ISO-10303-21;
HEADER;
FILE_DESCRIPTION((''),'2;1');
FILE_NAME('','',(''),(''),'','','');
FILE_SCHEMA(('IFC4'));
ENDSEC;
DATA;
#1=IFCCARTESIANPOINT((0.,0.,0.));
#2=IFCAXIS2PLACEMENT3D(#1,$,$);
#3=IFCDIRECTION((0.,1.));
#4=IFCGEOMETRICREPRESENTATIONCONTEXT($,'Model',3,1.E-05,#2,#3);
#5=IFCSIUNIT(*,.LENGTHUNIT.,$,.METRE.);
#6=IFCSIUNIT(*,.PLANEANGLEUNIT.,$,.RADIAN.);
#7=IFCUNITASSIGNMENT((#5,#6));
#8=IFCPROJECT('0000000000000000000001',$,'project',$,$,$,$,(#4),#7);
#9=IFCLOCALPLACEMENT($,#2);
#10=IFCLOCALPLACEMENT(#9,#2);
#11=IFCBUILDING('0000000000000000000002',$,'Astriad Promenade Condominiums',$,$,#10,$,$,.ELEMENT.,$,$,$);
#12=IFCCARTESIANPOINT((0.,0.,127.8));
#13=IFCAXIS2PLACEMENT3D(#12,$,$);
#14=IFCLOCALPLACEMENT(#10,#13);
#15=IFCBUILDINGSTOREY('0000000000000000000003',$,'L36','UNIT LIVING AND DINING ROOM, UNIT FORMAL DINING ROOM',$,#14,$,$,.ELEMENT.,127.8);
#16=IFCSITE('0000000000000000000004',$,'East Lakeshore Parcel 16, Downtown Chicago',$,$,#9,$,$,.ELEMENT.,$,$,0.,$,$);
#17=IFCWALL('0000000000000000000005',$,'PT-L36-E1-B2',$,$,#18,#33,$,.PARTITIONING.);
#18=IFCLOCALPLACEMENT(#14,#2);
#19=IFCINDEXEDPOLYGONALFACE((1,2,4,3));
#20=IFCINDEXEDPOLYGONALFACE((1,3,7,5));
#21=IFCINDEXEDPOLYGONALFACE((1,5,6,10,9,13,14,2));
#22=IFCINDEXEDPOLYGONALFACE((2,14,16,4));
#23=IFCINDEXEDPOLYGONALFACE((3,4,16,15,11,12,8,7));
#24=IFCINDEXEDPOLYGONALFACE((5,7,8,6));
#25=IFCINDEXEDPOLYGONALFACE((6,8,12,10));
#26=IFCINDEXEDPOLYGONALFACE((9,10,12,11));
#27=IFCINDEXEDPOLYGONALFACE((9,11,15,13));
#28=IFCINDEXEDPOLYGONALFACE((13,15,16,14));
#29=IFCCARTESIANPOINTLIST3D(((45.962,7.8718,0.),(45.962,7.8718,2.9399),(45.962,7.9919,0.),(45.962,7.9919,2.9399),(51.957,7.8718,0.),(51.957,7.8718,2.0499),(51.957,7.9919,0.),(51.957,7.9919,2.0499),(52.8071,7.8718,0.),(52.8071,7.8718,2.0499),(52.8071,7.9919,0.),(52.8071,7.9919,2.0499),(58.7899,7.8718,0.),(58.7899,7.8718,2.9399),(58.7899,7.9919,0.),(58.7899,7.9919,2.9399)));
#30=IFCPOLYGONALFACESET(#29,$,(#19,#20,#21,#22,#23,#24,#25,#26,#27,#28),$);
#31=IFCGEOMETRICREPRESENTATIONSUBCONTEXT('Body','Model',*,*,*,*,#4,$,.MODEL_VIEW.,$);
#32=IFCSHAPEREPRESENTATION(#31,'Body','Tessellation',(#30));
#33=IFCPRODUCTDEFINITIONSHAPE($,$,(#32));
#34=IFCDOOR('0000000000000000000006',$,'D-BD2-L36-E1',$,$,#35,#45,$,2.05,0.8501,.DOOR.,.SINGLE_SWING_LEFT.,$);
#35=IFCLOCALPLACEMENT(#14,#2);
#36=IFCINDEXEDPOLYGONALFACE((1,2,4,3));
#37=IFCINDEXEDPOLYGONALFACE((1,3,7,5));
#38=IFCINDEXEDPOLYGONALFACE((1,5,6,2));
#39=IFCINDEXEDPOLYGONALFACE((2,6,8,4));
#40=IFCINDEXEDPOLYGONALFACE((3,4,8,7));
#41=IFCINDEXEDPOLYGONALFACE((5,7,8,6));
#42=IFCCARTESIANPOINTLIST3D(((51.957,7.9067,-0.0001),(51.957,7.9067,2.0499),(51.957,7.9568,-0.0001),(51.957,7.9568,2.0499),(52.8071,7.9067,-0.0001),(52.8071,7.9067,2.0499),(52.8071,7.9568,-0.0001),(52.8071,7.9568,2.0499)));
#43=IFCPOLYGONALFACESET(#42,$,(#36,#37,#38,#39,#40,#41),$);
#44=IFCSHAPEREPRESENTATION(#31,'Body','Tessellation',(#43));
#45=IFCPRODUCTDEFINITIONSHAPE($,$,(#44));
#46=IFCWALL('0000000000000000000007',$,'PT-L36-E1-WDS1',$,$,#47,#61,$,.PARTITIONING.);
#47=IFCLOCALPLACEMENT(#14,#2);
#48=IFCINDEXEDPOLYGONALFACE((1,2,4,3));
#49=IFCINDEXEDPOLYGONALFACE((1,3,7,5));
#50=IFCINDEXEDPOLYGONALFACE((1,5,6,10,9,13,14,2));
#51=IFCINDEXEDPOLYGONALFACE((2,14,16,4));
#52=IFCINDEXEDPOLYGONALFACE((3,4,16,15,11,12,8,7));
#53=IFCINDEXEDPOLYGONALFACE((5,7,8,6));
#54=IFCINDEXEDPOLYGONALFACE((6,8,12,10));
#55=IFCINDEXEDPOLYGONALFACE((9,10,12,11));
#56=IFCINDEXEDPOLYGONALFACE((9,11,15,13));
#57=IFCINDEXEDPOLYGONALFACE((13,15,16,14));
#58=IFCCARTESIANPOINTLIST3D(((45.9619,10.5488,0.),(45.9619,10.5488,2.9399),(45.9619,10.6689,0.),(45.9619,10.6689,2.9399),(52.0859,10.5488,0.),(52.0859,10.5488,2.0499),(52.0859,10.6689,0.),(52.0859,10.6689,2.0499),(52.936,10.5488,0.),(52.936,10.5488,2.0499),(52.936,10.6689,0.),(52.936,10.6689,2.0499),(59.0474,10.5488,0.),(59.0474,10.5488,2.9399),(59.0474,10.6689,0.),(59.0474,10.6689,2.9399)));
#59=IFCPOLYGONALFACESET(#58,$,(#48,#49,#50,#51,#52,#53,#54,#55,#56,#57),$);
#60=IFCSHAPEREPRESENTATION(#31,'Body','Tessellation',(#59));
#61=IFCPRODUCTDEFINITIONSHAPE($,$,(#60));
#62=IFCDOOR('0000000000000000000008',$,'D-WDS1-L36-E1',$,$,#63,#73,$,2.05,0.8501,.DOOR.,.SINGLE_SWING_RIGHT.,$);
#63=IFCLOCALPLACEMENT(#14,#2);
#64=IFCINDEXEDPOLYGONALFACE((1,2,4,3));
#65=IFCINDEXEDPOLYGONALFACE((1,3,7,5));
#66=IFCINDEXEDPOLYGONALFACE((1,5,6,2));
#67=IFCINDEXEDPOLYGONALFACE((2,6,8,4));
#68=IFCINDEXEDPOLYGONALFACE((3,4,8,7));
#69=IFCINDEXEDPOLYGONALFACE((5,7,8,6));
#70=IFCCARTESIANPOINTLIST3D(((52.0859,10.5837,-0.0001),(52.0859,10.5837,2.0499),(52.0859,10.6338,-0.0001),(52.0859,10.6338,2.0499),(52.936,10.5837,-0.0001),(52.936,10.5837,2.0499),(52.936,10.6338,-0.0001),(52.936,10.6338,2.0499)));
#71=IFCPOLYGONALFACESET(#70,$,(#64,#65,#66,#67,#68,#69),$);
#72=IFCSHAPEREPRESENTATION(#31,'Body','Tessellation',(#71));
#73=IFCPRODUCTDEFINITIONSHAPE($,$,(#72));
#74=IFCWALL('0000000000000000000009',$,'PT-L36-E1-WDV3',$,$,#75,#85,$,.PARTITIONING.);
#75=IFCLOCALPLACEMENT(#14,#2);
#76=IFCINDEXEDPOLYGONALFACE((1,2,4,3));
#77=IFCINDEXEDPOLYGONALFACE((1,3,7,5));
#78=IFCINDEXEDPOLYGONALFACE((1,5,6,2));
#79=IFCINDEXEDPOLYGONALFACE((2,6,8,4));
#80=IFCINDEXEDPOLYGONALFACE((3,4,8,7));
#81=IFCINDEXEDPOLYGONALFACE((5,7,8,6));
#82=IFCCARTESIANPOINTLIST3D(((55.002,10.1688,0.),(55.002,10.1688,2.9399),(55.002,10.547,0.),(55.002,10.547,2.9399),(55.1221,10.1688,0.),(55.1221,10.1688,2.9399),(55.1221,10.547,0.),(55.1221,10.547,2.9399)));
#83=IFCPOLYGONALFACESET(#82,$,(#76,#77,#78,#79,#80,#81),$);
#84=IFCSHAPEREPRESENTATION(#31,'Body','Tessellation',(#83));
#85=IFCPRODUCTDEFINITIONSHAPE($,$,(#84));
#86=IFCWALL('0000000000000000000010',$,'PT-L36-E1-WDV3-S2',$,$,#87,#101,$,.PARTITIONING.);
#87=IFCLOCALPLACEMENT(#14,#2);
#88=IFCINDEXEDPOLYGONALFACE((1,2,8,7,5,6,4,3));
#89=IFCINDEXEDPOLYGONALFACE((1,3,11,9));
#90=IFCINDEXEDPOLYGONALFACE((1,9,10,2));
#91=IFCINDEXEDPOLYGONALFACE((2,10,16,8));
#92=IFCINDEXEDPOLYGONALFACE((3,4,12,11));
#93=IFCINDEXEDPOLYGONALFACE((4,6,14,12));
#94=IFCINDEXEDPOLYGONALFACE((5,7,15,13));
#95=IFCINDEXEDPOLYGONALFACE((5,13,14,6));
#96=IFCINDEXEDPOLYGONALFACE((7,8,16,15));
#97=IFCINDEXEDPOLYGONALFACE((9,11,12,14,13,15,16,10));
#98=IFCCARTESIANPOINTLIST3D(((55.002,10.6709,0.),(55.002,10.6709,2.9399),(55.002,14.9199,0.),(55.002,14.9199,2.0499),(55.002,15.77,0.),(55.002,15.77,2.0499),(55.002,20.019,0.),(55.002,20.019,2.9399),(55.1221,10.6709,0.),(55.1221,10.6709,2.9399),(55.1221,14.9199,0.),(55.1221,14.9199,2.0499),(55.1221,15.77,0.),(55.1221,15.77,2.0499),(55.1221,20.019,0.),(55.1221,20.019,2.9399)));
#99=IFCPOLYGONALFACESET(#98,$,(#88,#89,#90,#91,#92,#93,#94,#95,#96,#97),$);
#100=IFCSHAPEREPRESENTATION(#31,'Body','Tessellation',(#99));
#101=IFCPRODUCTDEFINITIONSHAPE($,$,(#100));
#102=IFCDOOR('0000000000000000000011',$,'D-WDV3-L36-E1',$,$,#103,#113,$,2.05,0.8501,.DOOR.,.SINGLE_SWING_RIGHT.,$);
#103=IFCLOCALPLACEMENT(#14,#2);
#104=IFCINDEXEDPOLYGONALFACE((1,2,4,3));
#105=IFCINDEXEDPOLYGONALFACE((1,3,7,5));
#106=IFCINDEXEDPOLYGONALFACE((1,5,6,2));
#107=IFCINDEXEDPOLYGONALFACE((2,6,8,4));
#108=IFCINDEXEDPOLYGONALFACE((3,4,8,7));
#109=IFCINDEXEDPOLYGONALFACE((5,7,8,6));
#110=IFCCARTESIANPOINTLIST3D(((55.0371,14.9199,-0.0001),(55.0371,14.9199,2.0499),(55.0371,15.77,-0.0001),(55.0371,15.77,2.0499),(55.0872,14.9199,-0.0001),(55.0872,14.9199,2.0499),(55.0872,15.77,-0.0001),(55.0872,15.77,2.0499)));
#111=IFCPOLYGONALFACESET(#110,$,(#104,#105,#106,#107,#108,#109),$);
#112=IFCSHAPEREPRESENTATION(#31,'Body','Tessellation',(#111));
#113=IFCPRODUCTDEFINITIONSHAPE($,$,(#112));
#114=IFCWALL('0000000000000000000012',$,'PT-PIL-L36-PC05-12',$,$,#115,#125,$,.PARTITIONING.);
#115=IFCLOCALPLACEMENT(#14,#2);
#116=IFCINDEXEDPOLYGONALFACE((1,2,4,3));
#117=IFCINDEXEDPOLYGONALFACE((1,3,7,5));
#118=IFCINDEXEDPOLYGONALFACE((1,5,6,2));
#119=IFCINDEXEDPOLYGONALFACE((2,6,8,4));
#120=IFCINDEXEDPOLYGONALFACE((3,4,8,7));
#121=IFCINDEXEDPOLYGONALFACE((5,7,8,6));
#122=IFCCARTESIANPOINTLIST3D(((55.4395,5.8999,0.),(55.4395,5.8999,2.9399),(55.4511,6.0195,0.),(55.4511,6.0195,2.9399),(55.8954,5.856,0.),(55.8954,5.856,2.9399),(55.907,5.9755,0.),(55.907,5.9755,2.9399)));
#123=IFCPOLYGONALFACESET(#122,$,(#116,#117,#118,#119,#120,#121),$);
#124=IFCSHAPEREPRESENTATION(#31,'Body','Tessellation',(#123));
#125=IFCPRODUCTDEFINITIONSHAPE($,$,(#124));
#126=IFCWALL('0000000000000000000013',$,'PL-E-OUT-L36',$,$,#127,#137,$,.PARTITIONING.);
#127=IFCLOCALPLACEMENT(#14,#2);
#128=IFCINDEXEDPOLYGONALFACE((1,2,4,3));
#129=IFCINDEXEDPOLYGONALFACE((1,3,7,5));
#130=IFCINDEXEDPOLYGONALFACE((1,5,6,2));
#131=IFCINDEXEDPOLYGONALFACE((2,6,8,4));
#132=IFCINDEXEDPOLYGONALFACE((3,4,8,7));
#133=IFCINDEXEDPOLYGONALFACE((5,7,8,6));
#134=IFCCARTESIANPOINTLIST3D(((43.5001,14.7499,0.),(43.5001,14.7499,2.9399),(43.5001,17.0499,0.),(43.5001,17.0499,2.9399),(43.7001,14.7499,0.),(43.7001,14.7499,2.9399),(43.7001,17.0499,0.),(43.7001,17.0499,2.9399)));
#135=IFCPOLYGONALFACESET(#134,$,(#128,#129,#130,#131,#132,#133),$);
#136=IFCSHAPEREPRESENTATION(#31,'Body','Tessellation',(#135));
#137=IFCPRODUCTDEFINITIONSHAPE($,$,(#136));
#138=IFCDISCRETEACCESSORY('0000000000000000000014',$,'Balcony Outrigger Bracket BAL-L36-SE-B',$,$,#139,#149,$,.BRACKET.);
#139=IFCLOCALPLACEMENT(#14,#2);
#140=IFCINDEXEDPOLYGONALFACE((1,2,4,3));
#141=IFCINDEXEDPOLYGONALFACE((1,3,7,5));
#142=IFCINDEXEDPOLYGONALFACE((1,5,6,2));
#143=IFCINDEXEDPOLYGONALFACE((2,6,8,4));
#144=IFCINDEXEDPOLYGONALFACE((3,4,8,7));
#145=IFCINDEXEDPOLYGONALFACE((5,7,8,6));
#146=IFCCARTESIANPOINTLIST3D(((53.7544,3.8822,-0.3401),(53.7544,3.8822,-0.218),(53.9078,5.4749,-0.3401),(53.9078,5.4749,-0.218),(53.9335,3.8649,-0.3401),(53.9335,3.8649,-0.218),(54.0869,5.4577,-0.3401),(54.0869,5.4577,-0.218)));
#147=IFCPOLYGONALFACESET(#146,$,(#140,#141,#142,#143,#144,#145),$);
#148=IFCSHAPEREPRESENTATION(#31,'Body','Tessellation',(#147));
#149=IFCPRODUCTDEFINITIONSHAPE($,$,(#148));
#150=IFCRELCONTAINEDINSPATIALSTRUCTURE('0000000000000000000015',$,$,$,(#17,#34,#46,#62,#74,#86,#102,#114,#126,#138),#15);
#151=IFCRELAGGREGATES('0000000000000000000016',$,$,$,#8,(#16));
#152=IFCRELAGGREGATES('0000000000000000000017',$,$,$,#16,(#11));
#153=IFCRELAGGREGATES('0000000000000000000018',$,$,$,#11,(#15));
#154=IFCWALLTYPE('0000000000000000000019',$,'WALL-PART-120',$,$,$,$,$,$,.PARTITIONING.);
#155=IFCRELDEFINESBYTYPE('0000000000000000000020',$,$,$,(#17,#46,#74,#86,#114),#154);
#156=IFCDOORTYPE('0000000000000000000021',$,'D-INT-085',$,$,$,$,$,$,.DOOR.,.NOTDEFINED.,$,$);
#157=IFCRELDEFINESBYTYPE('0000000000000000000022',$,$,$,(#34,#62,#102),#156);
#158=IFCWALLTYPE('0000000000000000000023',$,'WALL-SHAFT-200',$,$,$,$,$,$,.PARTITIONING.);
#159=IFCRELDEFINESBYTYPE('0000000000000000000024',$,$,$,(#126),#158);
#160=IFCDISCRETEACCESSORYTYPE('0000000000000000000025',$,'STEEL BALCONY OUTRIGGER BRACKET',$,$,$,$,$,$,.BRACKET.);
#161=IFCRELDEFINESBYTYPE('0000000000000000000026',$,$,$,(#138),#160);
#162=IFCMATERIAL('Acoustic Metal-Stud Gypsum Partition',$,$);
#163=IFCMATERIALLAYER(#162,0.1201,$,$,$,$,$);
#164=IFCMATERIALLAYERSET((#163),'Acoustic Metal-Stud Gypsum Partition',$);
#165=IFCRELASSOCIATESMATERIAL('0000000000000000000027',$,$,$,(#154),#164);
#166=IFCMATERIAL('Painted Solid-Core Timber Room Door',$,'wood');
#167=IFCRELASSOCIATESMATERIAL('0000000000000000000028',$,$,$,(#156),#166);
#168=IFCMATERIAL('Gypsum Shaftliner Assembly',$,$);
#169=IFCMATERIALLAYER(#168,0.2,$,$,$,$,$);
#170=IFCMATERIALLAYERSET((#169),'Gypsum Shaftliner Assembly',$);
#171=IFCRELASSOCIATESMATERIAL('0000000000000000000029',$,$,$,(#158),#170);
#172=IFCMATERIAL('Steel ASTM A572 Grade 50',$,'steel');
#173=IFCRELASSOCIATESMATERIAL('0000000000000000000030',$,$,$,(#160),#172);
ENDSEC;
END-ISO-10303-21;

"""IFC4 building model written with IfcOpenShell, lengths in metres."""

from ifc_helpers import new_model, si_unit, direction, frame, frame_2d, origin, origin_2d, place, context, subcontext, project, spatial, rectangle, extrude, source, transform, mapped, material, layer, layer_set, type_object, type_shapes, element, fill, save


model = new_model("IFC4")

# Units and contexts
model_context = context("Model", 3, precision=1e-05, world=origin(), true_north=direction((0.0, 1.0)))
body_context = subcontext(model_context, "Body", "Model", "MODEL_VIEW")
ifc_project = project(units=[si_unit("LENGTHUNIT", "METRE"), si_unit("PLANEANGLEUNIT", "RADIAN")], contexts=[model_context])

# Site, building, storey
site_placement = place(None, origin())
site = spatial("IfcSite", under=ifc_project, at=site_placement, Name="East Lakeshore Parcel 16, Downtown Chicago", CompositionType="ELEMENT", RefElevation=0.0)
building_placement = place(site_placement, origin())
building = spatial("IfcBuilding", under=site, at=building_placement, Name="Astriad Promenade Condominiums", CompositionType="ELEMENT")
storey_placement = place(building_placement, frame((0.0, 0.0, 127.8)))
storey = spatial("IfcBuildingStorey", under=building, at=storey_placement, Name="L36", Description="UNIT LIVING AND DINING ROOM, UNIT FORMAL DINING ROOM", CompositionType="ELEMENT", Elevation=127.8)

# Shared definitions
ifc_material_1 = material(Name="Acoustic Metal-Stud Gypsum Partition")
ifc_layer_1 = layer(ifc_material_1, 0.1201)
ifc_layer_set_1 = layer_set([ifc_layer_1], Name="Acoustic Metal-Stud Gypsum Partition")
wall_type_1 = type_object("IfcWallType", Name="WALL-PART-120", PredefinedType="PARTITIONING", material=ifc_layer_set_1)
ifc_material_2 = material(Name="Painted Solid-Core Timber Room Door", Category="wood")
door_type_1 = type_object("IfcDoorType", Name="D-INT-085", OperationType="NOTDEFINED", PredefinedType="DOOR", material=ifc_material_2)
shared_shape_1 = source(origin(), body_context, "Body", "SweptSolid", [
    extrude(rectangle(XDim=0.8501, YDim=2.05, at=frame_2d((0.425, 1.0249))), frame((0.0, 0.0249, 0.0), z_axis=(0.0, -1.0, 0.0), x_axis=(1.0, 0.0, 0.0)), (0.0, 0.0, 1.0), 0.05),
])
type_shapes(door_type_1, [shared_shape_1])

# Walls, openings, doors
wall_1_placement = place(storey_placement, frame((45.9619, 7.9319, 0.0), z_axis=(0.0, 0.0, 1.0), x_axis=(1.0, 0.0, 0.0)))
wall_1 = element("IfcWall", 1, at=wall_1_placement, inside=storey, type_object=wall_type_1, Name="PT-L36-E1-B2", PredefinedType="PARTITIONING", context=body_context, shape_type="SweptSolid", body=[
    extrude(rectangle(XDim=12.8279, YDim=0.1201, at=frame_2d((6.4141, 0.0))), origin(), (0.0, 0.0, 1.0), 2.9399),
])
opening_1_placement = place(wall_1_placement, frame((5.9951, 0.0, 0.0)))
opening_1 = element("IfcOpeningElement", 2, at=opening_1_placement, cuts=wall_1, PredefinedType="OPENING", context=body_context, shape_type="SweptSolid", body=[
    extrude(rectangle(XDim=0.8501, YDim=2.05, at=frame_2d((0.425, 1.0249))), frame((0.0, 0.0701, 0.0), z_axis=(0.0, -1.0, 0.0), x_axis=(1.0, 0.0, 0.0)), (0.0, 0.0, 1.0), 0.1401),
])
door_1_placement = place(opening_1_placement, origin())
door_1 = element("IfcDoor", 3, at=door_1_placement, inside=storey, type_object=door_type_1, Name="D-BD2-L36-E1", OperationType="SINGLE_SWING_LEFT", OverallHeight=2.05, OverallWidth=0.8501, PredefinedType="DOOR", context=body_context, shape_type="MappedRepresentation", body=[
    mapped(shared_shape_1, transform((0.0, 0.0, 0.0), scale=1.0)),
])
fill(opening_1, door_1)
wall_2_placement = place(storey_placement, frame((45.9619, 10.6089, 0.0), z_axis=(0.0, 0.0, 1.0), x_axis=(1.0, 0.0, 0.0)))
wall_2 = element("IfcWall", 4, at=wall_2_placement, inside=storey, type_object=wall_type_1, Name="PT-L36-E1-WDS1", PredefinedType="PARTITIONING", context=body_context, shape_type="SweptSolid", body=[
    extrude(rectangle(XDim=13.0854, YDim=0.1201, at=frame_2d((6.5427, 0.0))), origin(), (0.0, 0.0, 1.0), 2.9399),
])
opening_2_placement = place(wall_2_placement, frame((6.124, 0.0, 0.0)))
opening_2 = element("IfcOpeningElement", 5, at=opening_2_placement, cuts=wall_2, PredefinedType="OPENING", context=body_context, shape_type="SweptSolid", body=[
    extrude(rectangle(XDim=0.8501, YDim=2.05, at=frame_2d((0.425, 1.0249))), frame((0.0, 0.0701, 0.0), z_axis=(0.0, -1.0, 0.0), x_axis=(1.0, 0.0, 0.0)), (0.0, 0.0, 1.0), 0.1401),
])
door_2_placement = place(opening_2_placement, origin())
door_2 = element("IfcDoor", 6, at=door_2_placement, inside=storey, type_object=door_type_1, Name="D-WDS1-L36-E1", OperationType="SINGLE_SWING_RIGHT", OverallHeight=2.05, OverallWidth=0.8501, PredefinedType="DOOR", context=body_context, shape_type="MappedRepresentation", body=[
    mapped(shared_shape_1, transform((0.0, 0.0, 0.0), scale=1.0)),
])
fill(opening_2, door_2)

# Wall
wall_3_placement = place(storey_placement, frame((55.062, 10.1689, 0.0), z_axis=(0.0, 0.0, 1.0), x_axis=(0.0, 1.0, 0.0)))
element("IfcWall", 7, at=wall_3_placement, inside=storey, type_object=wall_type_1, Name="PT-L36-E1-WDV3", PredefinedType="PARTITIONING", context=body_context, shape_type="SweptSolid", body=[
    extrude(rectangle(XDim=0.3782, YDim=0.1201, at=frame_2d((0.189, 0.0))), origin(), (0.0, 0.0, 1.0), 2.9399),
])

# Wall, opening, door
wall_4_placement = place(storey_placement, frame((55.062, 10.6709, 0.0), z_axis=(0.0, 0.0, 1.0), x_axis=(0.0, 1.0, 0.0)))
wall_4 = element("IfcWall", 8, at=wall_4_placement, inside=storey, type_object=wall_type_1, Name="PT-L36-E1-WDV3-S2", PredefinedType="PARTITIONING", context=body_context, shape_type="SweptSolid", body=[
    extrude(rectangle(XDim=9.3481, YDim=0.1201, at=frame_2d((4.6741, 0.0))), origin(), (0.0, 0.0, 1.0), 2.9399),
])
opening_3_placement = place(wall_4_placement, frame((4.249, 0.0, 0.0)))
opening_3 = element("IfcOpeningElement", 9, at=opening_3_placement, cuts=wall_4, PredefinedType="OPENING", context=body_context, shape_type="SweptSolid", body=[
    extrude(rectangle(XDim=0.8501, YDim=2.05, at=frame_2d((0.425, 1.0249))), frame((0.0, 0.0701, 0.0), z_axis=(0.0, -1.0, 0.0), x_axis=(1.0, 0.0, 0.0)), (0.0, 0.0, 1.0), 0.1401),
])
door_3_placement = place(opening_3_placement, origin())
door_3 = element("IfcDoor", 10, at=door_3_placement, inside=storey, type_object=door_type_1, Name="D-WDV3-L36-E1", OperationType="SINGLE_SWING_RIGHT", OverallHeight=2.05, OverallWidth=0.8501, PredefinedType="DOOR", context=body_context, shape_type="MappedRepresentation", body=[
    mapped(shared_shape_1, transform((0.0, 0.0, 0.0), scale=1.0)),
])
fill(opening_3, door_3)

# Walls
wall_5_placement = place(storey_placement, frame((55.4453, 5.9597, 0.0), z_axis=(0.0, 0.0, 1.0), x_axis=(0.995385, -0.095966, 0.0)))
element("IfcWall", 11, at=wall_5_placement, inside=storey, type_object=wall_type_1, Name="PT-PIL-L36-PC05-12", PredefinedType="PARTITIONING", context=body_context, shape_type="SweptSolid", body=[
    extrude(rectangle(XDim=0.458, YDim=0.1201, at=frame_2d((0.229, 0.0))), origin(), (0.0, 0.0, 1.0), 2.9399),
])
ifc_material_3 = material(Name="Gypsum Shaftliner Assembly")
ifc_layer_2 = layer(ifc_material_3, 0.2)
ifc_layer_set_2 = layer_set([ifc_layer_2], Name="Gypsum Shaftliner Assembly")
wall_type_2 = type_object("IfcWallType", Name="WALL-SHAFT-200", PredefinedType="PARTITIONING", material=ifc_layer_set_2)
wall_6_placement = place(storey_placement, frame((43.6001, 14.75, 0.0), z_axis=(0.0, 0.0, 1.0), x_axis=(0.0, 1.0, 0.0)))
element("IfcWall", 12, at=wall_6_placement, inside=storey, type_object=wall_type_2, Name="PL-E-OUT-L36", PredefinedType="PARTITIONING", context=body_context, shape_type="SweptSolid", body=[
    extrude(rectangle(XDim=2.3, YDim=0.2, at=frame_2d((1.1499, 0.0))), origin(), (0.0, 0.0, 1.0), 2.9399),
])

# Discrete accessory
ifc_material_4 = material(Name="Steel ASTM A572 Grade 50", Category="steel")
discrete_accessory_type = type_object("IfcDiscreteAccessoryType", Name="STEEL BALCONY OUTRIGGER BRACKET", PredefinedType="BRACKET", material=ifc_material_4)
shared_shape_2 = source(origin(), body_context, "Body", "SweptSolid", [
    extrude(rectangle(XDim=1.6001, YDim=0.1799, at=origin_2d()), origin(), (0.0, 0.0, 1.0), 0.1221),
])
type_shapes(discrete_accessory_type, [shared_shape_2])
discrete_accessory_placement = place(storey_placement, frame((53.9207, 4.6699, -0.3401), z_axis=(0.0, 0.0, 1.0), x_axis=(-0.095846, -0.995396, 0.0)))
element("IfcDiscreteAccessory", 13, at=discrete_accessory_placement, inside=storey, type_object=discrete_accessory_type, Name="Balcony Outrigger Bracket BAL-L36-SE-B", PredefinedType="BRACKET", context=body_context, shape_type="MappedRepresentation", body=[
    mapped(shared_shape_2, transform((0.0, 0.0, 0.0), scale=1.0)),
])

save(model, "model.ifc")
